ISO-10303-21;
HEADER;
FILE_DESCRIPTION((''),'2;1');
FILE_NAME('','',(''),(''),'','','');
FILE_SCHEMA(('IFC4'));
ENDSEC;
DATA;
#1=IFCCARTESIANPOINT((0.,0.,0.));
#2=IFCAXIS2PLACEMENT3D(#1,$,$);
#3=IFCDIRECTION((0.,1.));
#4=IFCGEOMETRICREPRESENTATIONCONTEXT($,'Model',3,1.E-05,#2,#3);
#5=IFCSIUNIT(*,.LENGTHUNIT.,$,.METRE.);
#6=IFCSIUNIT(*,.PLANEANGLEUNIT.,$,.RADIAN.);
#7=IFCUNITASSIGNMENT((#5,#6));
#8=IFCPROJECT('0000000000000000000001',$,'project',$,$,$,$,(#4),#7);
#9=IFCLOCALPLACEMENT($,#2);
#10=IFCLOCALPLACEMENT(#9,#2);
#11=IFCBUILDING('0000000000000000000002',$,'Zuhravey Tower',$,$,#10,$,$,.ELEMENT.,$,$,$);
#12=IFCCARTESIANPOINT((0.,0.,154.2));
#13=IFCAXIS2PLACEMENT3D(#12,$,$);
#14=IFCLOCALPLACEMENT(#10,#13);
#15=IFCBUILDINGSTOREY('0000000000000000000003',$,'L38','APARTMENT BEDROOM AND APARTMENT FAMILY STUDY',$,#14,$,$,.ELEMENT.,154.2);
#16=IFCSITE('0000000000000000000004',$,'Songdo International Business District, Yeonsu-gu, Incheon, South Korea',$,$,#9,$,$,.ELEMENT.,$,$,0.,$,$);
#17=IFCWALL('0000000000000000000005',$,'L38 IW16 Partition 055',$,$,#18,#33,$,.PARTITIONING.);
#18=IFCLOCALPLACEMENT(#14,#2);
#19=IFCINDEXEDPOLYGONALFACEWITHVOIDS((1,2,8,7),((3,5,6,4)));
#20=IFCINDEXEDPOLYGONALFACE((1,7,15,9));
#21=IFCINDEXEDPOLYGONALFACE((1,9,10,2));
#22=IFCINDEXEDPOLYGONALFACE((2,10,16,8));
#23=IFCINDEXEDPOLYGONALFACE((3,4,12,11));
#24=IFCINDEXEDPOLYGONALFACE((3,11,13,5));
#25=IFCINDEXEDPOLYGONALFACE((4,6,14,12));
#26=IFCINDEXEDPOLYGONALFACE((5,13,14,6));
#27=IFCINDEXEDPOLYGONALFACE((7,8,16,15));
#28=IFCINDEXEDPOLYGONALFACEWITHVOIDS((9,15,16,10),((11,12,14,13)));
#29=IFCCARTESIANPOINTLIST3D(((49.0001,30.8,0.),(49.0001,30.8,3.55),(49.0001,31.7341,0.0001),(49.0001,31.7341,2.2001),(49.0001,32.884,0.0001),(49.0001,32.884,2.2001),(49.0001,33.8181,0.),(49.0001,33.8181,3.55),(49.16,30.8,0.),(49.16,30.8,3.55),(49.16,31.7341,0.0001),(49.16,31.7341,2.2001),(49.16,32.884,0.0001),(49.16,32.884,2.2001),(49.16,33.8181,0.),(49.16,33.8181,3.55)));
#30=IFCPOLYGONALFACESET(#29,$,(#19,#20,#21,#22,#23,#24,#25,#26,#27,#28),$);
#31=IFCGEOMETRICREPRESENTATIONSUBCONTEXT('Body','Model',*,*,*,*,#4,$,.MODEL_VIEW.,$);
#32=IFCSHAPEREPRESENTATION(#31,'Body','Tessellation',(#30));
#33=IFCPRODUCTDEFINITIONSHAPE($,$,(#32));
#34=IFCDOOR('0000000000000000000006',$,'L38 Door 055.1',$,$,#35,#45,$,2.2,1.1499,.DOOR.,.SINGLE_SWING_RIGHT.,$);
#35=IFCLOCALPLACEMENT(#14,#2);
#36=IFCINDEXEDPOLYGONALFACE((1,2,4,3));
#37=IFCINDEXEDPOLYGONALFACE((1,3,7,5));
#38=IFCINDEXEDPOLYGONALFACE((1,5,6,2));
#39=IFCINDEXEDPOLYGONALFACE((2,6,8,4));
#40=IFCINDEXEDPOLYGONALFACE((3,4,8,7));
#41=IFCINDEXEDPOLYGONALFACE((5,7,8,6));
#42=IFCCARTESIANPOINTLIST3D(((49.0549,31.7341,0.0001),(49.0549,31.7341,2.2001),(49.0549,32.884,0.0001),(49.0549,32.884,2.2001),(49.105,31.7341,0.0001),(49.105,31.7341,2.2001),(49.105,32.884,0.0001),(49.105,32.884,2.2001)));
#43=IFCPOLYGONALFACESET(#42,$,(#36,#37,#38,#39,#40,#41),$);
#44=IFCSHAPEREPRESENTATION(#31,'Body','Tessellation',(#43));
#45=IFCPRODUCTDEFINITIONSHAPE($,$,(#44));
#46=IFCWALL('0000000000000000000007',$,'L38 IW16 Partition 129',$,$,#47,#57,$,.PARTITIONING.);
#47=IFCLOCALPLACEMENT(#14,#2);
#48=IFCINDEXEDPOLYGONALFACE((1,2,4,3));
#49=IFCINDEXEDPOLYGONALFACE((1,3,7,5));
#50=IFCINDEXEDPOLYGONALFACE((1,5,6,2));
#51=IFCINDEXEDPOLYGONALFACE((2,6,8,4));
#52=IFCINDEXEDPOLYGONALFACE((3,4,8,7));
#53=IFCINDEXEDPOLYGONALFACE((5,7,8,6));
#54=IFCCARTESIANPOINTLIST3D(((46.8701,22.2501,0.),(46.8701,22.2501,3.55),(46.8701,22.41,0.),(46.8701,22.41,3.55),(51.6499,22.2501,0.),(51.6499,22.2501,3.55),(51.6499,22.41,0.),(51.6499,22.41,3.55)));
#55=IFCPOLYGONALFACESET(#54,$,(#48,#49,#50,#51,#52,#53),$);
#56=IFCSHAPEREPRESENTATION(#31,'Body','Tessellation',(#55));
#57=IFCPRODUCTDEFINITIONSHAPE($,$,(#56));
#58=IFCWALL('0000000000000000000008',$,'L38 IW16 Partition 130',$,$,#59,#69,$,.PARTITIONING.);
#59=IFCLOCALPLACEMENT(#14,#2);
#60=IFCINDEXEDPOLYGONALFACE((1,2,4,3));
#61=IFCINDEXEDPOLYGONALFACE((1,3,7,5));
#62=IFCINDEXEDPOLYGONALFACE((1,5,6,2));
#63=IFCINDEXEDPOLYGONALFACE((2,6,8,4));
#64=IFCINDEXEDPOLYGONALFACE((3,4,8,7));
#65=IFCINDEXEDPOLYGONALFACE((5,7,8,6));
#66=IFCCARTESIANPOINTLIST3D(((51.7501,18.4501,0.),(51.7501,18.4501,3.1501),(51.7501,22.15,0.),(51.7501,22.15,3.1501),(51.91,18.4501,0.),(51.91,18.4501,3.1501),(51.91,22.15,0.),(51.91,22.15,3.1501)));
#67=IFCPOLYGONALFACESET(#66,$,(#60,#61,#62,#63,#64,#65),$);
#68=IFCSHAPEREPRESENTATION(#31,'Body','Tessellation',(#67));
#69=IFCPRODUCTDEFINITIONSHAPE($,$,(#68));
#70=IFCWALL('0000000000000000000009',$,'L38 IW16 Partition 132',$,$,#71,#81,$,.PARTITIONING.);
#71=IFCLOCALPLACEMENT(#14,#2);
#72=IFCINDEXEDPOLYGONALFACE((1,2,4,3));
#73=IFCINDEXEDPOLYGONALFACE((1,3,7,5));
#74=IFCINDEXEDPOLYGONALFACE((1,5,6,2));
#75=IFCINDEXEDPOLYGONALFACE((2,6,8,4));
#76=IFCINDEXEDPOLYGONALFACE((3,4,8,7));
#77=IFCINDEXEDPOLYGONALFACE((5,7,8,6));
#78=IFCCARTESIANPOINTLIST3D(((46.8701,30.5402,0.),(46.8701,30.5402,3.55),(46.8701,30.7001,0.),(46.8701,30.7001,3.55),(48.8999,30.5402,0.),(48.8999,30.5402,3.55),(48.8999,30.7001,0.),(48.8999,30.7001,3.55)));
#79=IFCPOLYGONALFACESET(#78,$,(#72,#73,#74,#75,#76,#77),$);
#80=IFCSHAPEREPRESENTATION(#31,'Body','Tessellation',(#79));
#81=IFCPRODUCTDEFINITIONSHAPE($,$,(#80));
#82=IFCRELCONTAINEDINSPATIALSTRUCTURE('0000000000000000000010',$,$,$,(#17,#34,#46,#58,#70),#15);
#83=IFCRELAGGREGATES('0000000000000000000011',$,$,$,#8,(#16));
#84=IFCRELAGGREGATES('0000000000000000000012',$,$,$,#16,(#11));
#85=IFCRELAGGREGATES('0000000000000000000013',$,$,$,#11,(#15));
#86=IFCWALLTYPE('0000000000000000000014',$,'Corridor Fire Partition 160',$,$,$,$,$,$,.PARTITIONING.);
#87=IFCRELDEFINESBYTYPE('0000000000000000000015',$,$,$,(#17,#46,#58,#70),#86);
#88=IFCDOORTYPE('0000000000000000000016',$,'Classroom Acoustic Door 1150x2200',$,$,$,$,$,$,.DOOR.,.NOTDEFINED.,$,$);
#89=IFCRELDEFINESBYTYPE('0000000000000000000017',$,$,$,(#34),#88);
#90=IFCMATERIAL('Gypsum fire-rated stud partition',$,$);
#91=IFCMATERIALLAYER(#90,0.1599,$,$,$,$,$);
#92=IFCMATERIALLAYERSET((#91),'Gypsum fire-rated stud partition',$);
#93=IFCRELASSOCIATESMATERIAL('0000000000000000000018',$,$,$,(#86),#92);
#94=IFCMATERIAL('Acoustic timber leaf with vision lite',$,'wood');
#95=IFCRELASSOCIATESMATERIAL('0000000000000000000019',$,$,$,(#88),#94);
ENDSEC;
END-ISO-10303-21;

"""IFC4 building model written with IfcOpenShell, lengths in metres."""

from ifc_helpers import new_model, si_unit, direction, frame, frame_2d, origin, place, context, subcontext, project, spatial, rectangle, extrude, material, layer, layer_set, type_object, element, fill, save


model = new_model("IFC4")

# Units and contexts
model_context = context("Model", 3, precision=1e-05, world=origin(), true_north=direction((0.0, 1.0)))
body_context = subcontext(model_context, "Body", "Model", "MODEL_VIEW")
ifc_project = project(units=[si_unit("LENGTHUNIT", "METRE"), si_unit("PLANEANGLEUNIT", "RADIAN")], contexts=[model_context])

# Site, building, storey
site_placement = place(None, origin())
site = spatial("IfcSite", under=ifc_project, at=site_placement, Name="Songdo International Business District, Yeonsu-gu, Incheon, South Korea", CompositionType="ELEMENT", RefElevation=0.0)
building_placement = place(site_placement, origin())
building = spatial("IfcBuilding", under=site, at=building_placement, Name="Zuhravey Tower", CompositionType="ELEMENT")
storey_placement = place(building_placement, frame((0.0, 0.0, 154.2)))
storey = spatial("IfcBuildingStorey", under=building, at=storey_placement, Name="L38", Description="APARTMENT BEDROOM AND APARTMENT FAMILY STUDY", CompositionType="ELEMENT", Elevation=154.2)

# Wall, opening, door
ifc_material_1 = material(Name="Gypsum fire-rated stud partition")
ifc_layer_1 = layer(ifc_material_1, 0.1599)
ifc_layer_set_1 = layer_set([ifc_layer_1], Name="Gypsum fire-rated stud partition")
wall_type = type_object("IfcWallType", Name="Corridor Fire Partition 160", PredefinedType="PARTITIONING", material=ifc_layer_set_1)
wall_1_placement = place(storey_placement, frame((49.0801, 30.8, 0.0), z_axis=(0.0, 0.0, 1.0), x_axis=(0.0, 1.0, 0.0)))
wall_1 = element("IfcWall", 1, at=wall_1_placement, inside=storey, type_object=wall_type, Name="L38 IW16 Partition 055", PredefinedType="PARTITIONING", context=body_context, shape_type="SweptSolid", body=[
    extrude(rectangle(XDim=3.0181, YDim=0.1599, at=frame_2d((1.509, 0.0))), origin(), (0.0, 0.0, 1.0), 3.55),
])
opening_placement = place(wall_1_placement, frame((0.9341, 0.0, 0.0)))
opening = element("IfcOpeningElement", 2, at=opening_placement, cuts=wall_1, PredefinedType="OPENING", context=body_context, shape_type="SweptSolid", body=[
    extrude(rectangle(XDim=1.1499, YDim=2.2, at=frame_2d((0.575, 1.1001))), frame((0.0, 0.092, 0.0), z_axis=(0.0, -1.0, 0.0), x_axis=(1.0, 0.0, 0.0)), (0.0, 0.0, 1.0), 0.1838),
])
ifc_material_2 = material(Name="Acoustic timber leaf with vision lite", Category="wood")
door_type = type_object("IfcDoorType", Name="Classroom Acoustic Door 1150x2200", OperationType="NOTDEFINED", PredefinedType="DOOR", material=ifc_material_2)
door_placement = place(opening_placement, frame((1.1499, 0.0, 0.0), z_axis=(0.0, 0.0, 1.0), x_axis=(-1.0, 0.0, 0.0)))
door = element("IfcDoor", 3, at=door_placement, inside=storey, type_object=door_type, Name="L38 Door 055.1", OperationType="SINGLE_SWING_RIGHT", OverallHeight=2.2, OverallWidth=1.1499, PredefinedType="DOOR", context=body_context, shape_type="SweptSolid", body=[
    extrude(rectangle(XDim=1.1499, YDim=2.2, at=frame_2d((0.575, 1.1001))), frame((0.0, 0.0249, 0.0), z_axis=(0.0, -1.0, 0.0), x_axis=(1.0, 0.0, 0.0)), (0.0, 0.0, 1.0), 0.05),
])
fill(opening, door)

# Walls
wall_2_placement = place(storey_placement, frame((51.6499, 22.3301, 0.0), z_axis=(0.0, 0.0, 1.0), x_axis=(-1.0, 0.0, 0.0)))
element("IfcWall", 4, at=wall_2_placement, inside=storey, type_object=wall_type, Name="L38 IW16 Partition 129", PredefinedType="PARTITIONING", context=body_context, shape_type="SweptSolid", body=[
    extrude(rectangle(XDim=4.7798, YDim=0.1599, at=frame_2d((2.3899, 0.0))), origin(), (0.0, 0.0, 1.0), 3.55),
])
wall_3_placement = place(storey_placement, frame((51.8301, 18.45, 0.0), z_axis=(0.0, 0.0, 1.0), x_axis=(0.0, 1.0, 0.0)))
element("IfcWall", 5, at=wall_3_placement, inside=storey, type_object=wall_type, Name="L38 IW16 Partition 130", PredefinedType="PARTITIONING", context=body_context, shape_type="SweptSolid", body=[
    extrude(rectangle(XDim=3.7, YDim=0.1599, at=frame_2d((1.8501, 0.0))), origin(), (0.0, 0.0, 1.0), 3.1501),
])
wall_4_placement = place(storey_placement, frame((46.8701, 30.6201, 0.0), z_axis=(0.0, 0.0, 1.0), x_axis=(1.0, 0.0, 0.0)))
element("IfcWall", 6, at=wall_4_placement, inside=storey, type_object=wall_type, Name="L38 IW16 Partition 132", PredefinedType="PARTITIONING", context=body_context, shape_type="SweptSolid", body=[
    extrude(rectangle(XDim=2.0298, YDim=0.1599, at=frame_2d((1.0149, 0.0))), origin(), (0.0, 0.0, 1.0), 3.55),
])

save(model, "model.ifc")
